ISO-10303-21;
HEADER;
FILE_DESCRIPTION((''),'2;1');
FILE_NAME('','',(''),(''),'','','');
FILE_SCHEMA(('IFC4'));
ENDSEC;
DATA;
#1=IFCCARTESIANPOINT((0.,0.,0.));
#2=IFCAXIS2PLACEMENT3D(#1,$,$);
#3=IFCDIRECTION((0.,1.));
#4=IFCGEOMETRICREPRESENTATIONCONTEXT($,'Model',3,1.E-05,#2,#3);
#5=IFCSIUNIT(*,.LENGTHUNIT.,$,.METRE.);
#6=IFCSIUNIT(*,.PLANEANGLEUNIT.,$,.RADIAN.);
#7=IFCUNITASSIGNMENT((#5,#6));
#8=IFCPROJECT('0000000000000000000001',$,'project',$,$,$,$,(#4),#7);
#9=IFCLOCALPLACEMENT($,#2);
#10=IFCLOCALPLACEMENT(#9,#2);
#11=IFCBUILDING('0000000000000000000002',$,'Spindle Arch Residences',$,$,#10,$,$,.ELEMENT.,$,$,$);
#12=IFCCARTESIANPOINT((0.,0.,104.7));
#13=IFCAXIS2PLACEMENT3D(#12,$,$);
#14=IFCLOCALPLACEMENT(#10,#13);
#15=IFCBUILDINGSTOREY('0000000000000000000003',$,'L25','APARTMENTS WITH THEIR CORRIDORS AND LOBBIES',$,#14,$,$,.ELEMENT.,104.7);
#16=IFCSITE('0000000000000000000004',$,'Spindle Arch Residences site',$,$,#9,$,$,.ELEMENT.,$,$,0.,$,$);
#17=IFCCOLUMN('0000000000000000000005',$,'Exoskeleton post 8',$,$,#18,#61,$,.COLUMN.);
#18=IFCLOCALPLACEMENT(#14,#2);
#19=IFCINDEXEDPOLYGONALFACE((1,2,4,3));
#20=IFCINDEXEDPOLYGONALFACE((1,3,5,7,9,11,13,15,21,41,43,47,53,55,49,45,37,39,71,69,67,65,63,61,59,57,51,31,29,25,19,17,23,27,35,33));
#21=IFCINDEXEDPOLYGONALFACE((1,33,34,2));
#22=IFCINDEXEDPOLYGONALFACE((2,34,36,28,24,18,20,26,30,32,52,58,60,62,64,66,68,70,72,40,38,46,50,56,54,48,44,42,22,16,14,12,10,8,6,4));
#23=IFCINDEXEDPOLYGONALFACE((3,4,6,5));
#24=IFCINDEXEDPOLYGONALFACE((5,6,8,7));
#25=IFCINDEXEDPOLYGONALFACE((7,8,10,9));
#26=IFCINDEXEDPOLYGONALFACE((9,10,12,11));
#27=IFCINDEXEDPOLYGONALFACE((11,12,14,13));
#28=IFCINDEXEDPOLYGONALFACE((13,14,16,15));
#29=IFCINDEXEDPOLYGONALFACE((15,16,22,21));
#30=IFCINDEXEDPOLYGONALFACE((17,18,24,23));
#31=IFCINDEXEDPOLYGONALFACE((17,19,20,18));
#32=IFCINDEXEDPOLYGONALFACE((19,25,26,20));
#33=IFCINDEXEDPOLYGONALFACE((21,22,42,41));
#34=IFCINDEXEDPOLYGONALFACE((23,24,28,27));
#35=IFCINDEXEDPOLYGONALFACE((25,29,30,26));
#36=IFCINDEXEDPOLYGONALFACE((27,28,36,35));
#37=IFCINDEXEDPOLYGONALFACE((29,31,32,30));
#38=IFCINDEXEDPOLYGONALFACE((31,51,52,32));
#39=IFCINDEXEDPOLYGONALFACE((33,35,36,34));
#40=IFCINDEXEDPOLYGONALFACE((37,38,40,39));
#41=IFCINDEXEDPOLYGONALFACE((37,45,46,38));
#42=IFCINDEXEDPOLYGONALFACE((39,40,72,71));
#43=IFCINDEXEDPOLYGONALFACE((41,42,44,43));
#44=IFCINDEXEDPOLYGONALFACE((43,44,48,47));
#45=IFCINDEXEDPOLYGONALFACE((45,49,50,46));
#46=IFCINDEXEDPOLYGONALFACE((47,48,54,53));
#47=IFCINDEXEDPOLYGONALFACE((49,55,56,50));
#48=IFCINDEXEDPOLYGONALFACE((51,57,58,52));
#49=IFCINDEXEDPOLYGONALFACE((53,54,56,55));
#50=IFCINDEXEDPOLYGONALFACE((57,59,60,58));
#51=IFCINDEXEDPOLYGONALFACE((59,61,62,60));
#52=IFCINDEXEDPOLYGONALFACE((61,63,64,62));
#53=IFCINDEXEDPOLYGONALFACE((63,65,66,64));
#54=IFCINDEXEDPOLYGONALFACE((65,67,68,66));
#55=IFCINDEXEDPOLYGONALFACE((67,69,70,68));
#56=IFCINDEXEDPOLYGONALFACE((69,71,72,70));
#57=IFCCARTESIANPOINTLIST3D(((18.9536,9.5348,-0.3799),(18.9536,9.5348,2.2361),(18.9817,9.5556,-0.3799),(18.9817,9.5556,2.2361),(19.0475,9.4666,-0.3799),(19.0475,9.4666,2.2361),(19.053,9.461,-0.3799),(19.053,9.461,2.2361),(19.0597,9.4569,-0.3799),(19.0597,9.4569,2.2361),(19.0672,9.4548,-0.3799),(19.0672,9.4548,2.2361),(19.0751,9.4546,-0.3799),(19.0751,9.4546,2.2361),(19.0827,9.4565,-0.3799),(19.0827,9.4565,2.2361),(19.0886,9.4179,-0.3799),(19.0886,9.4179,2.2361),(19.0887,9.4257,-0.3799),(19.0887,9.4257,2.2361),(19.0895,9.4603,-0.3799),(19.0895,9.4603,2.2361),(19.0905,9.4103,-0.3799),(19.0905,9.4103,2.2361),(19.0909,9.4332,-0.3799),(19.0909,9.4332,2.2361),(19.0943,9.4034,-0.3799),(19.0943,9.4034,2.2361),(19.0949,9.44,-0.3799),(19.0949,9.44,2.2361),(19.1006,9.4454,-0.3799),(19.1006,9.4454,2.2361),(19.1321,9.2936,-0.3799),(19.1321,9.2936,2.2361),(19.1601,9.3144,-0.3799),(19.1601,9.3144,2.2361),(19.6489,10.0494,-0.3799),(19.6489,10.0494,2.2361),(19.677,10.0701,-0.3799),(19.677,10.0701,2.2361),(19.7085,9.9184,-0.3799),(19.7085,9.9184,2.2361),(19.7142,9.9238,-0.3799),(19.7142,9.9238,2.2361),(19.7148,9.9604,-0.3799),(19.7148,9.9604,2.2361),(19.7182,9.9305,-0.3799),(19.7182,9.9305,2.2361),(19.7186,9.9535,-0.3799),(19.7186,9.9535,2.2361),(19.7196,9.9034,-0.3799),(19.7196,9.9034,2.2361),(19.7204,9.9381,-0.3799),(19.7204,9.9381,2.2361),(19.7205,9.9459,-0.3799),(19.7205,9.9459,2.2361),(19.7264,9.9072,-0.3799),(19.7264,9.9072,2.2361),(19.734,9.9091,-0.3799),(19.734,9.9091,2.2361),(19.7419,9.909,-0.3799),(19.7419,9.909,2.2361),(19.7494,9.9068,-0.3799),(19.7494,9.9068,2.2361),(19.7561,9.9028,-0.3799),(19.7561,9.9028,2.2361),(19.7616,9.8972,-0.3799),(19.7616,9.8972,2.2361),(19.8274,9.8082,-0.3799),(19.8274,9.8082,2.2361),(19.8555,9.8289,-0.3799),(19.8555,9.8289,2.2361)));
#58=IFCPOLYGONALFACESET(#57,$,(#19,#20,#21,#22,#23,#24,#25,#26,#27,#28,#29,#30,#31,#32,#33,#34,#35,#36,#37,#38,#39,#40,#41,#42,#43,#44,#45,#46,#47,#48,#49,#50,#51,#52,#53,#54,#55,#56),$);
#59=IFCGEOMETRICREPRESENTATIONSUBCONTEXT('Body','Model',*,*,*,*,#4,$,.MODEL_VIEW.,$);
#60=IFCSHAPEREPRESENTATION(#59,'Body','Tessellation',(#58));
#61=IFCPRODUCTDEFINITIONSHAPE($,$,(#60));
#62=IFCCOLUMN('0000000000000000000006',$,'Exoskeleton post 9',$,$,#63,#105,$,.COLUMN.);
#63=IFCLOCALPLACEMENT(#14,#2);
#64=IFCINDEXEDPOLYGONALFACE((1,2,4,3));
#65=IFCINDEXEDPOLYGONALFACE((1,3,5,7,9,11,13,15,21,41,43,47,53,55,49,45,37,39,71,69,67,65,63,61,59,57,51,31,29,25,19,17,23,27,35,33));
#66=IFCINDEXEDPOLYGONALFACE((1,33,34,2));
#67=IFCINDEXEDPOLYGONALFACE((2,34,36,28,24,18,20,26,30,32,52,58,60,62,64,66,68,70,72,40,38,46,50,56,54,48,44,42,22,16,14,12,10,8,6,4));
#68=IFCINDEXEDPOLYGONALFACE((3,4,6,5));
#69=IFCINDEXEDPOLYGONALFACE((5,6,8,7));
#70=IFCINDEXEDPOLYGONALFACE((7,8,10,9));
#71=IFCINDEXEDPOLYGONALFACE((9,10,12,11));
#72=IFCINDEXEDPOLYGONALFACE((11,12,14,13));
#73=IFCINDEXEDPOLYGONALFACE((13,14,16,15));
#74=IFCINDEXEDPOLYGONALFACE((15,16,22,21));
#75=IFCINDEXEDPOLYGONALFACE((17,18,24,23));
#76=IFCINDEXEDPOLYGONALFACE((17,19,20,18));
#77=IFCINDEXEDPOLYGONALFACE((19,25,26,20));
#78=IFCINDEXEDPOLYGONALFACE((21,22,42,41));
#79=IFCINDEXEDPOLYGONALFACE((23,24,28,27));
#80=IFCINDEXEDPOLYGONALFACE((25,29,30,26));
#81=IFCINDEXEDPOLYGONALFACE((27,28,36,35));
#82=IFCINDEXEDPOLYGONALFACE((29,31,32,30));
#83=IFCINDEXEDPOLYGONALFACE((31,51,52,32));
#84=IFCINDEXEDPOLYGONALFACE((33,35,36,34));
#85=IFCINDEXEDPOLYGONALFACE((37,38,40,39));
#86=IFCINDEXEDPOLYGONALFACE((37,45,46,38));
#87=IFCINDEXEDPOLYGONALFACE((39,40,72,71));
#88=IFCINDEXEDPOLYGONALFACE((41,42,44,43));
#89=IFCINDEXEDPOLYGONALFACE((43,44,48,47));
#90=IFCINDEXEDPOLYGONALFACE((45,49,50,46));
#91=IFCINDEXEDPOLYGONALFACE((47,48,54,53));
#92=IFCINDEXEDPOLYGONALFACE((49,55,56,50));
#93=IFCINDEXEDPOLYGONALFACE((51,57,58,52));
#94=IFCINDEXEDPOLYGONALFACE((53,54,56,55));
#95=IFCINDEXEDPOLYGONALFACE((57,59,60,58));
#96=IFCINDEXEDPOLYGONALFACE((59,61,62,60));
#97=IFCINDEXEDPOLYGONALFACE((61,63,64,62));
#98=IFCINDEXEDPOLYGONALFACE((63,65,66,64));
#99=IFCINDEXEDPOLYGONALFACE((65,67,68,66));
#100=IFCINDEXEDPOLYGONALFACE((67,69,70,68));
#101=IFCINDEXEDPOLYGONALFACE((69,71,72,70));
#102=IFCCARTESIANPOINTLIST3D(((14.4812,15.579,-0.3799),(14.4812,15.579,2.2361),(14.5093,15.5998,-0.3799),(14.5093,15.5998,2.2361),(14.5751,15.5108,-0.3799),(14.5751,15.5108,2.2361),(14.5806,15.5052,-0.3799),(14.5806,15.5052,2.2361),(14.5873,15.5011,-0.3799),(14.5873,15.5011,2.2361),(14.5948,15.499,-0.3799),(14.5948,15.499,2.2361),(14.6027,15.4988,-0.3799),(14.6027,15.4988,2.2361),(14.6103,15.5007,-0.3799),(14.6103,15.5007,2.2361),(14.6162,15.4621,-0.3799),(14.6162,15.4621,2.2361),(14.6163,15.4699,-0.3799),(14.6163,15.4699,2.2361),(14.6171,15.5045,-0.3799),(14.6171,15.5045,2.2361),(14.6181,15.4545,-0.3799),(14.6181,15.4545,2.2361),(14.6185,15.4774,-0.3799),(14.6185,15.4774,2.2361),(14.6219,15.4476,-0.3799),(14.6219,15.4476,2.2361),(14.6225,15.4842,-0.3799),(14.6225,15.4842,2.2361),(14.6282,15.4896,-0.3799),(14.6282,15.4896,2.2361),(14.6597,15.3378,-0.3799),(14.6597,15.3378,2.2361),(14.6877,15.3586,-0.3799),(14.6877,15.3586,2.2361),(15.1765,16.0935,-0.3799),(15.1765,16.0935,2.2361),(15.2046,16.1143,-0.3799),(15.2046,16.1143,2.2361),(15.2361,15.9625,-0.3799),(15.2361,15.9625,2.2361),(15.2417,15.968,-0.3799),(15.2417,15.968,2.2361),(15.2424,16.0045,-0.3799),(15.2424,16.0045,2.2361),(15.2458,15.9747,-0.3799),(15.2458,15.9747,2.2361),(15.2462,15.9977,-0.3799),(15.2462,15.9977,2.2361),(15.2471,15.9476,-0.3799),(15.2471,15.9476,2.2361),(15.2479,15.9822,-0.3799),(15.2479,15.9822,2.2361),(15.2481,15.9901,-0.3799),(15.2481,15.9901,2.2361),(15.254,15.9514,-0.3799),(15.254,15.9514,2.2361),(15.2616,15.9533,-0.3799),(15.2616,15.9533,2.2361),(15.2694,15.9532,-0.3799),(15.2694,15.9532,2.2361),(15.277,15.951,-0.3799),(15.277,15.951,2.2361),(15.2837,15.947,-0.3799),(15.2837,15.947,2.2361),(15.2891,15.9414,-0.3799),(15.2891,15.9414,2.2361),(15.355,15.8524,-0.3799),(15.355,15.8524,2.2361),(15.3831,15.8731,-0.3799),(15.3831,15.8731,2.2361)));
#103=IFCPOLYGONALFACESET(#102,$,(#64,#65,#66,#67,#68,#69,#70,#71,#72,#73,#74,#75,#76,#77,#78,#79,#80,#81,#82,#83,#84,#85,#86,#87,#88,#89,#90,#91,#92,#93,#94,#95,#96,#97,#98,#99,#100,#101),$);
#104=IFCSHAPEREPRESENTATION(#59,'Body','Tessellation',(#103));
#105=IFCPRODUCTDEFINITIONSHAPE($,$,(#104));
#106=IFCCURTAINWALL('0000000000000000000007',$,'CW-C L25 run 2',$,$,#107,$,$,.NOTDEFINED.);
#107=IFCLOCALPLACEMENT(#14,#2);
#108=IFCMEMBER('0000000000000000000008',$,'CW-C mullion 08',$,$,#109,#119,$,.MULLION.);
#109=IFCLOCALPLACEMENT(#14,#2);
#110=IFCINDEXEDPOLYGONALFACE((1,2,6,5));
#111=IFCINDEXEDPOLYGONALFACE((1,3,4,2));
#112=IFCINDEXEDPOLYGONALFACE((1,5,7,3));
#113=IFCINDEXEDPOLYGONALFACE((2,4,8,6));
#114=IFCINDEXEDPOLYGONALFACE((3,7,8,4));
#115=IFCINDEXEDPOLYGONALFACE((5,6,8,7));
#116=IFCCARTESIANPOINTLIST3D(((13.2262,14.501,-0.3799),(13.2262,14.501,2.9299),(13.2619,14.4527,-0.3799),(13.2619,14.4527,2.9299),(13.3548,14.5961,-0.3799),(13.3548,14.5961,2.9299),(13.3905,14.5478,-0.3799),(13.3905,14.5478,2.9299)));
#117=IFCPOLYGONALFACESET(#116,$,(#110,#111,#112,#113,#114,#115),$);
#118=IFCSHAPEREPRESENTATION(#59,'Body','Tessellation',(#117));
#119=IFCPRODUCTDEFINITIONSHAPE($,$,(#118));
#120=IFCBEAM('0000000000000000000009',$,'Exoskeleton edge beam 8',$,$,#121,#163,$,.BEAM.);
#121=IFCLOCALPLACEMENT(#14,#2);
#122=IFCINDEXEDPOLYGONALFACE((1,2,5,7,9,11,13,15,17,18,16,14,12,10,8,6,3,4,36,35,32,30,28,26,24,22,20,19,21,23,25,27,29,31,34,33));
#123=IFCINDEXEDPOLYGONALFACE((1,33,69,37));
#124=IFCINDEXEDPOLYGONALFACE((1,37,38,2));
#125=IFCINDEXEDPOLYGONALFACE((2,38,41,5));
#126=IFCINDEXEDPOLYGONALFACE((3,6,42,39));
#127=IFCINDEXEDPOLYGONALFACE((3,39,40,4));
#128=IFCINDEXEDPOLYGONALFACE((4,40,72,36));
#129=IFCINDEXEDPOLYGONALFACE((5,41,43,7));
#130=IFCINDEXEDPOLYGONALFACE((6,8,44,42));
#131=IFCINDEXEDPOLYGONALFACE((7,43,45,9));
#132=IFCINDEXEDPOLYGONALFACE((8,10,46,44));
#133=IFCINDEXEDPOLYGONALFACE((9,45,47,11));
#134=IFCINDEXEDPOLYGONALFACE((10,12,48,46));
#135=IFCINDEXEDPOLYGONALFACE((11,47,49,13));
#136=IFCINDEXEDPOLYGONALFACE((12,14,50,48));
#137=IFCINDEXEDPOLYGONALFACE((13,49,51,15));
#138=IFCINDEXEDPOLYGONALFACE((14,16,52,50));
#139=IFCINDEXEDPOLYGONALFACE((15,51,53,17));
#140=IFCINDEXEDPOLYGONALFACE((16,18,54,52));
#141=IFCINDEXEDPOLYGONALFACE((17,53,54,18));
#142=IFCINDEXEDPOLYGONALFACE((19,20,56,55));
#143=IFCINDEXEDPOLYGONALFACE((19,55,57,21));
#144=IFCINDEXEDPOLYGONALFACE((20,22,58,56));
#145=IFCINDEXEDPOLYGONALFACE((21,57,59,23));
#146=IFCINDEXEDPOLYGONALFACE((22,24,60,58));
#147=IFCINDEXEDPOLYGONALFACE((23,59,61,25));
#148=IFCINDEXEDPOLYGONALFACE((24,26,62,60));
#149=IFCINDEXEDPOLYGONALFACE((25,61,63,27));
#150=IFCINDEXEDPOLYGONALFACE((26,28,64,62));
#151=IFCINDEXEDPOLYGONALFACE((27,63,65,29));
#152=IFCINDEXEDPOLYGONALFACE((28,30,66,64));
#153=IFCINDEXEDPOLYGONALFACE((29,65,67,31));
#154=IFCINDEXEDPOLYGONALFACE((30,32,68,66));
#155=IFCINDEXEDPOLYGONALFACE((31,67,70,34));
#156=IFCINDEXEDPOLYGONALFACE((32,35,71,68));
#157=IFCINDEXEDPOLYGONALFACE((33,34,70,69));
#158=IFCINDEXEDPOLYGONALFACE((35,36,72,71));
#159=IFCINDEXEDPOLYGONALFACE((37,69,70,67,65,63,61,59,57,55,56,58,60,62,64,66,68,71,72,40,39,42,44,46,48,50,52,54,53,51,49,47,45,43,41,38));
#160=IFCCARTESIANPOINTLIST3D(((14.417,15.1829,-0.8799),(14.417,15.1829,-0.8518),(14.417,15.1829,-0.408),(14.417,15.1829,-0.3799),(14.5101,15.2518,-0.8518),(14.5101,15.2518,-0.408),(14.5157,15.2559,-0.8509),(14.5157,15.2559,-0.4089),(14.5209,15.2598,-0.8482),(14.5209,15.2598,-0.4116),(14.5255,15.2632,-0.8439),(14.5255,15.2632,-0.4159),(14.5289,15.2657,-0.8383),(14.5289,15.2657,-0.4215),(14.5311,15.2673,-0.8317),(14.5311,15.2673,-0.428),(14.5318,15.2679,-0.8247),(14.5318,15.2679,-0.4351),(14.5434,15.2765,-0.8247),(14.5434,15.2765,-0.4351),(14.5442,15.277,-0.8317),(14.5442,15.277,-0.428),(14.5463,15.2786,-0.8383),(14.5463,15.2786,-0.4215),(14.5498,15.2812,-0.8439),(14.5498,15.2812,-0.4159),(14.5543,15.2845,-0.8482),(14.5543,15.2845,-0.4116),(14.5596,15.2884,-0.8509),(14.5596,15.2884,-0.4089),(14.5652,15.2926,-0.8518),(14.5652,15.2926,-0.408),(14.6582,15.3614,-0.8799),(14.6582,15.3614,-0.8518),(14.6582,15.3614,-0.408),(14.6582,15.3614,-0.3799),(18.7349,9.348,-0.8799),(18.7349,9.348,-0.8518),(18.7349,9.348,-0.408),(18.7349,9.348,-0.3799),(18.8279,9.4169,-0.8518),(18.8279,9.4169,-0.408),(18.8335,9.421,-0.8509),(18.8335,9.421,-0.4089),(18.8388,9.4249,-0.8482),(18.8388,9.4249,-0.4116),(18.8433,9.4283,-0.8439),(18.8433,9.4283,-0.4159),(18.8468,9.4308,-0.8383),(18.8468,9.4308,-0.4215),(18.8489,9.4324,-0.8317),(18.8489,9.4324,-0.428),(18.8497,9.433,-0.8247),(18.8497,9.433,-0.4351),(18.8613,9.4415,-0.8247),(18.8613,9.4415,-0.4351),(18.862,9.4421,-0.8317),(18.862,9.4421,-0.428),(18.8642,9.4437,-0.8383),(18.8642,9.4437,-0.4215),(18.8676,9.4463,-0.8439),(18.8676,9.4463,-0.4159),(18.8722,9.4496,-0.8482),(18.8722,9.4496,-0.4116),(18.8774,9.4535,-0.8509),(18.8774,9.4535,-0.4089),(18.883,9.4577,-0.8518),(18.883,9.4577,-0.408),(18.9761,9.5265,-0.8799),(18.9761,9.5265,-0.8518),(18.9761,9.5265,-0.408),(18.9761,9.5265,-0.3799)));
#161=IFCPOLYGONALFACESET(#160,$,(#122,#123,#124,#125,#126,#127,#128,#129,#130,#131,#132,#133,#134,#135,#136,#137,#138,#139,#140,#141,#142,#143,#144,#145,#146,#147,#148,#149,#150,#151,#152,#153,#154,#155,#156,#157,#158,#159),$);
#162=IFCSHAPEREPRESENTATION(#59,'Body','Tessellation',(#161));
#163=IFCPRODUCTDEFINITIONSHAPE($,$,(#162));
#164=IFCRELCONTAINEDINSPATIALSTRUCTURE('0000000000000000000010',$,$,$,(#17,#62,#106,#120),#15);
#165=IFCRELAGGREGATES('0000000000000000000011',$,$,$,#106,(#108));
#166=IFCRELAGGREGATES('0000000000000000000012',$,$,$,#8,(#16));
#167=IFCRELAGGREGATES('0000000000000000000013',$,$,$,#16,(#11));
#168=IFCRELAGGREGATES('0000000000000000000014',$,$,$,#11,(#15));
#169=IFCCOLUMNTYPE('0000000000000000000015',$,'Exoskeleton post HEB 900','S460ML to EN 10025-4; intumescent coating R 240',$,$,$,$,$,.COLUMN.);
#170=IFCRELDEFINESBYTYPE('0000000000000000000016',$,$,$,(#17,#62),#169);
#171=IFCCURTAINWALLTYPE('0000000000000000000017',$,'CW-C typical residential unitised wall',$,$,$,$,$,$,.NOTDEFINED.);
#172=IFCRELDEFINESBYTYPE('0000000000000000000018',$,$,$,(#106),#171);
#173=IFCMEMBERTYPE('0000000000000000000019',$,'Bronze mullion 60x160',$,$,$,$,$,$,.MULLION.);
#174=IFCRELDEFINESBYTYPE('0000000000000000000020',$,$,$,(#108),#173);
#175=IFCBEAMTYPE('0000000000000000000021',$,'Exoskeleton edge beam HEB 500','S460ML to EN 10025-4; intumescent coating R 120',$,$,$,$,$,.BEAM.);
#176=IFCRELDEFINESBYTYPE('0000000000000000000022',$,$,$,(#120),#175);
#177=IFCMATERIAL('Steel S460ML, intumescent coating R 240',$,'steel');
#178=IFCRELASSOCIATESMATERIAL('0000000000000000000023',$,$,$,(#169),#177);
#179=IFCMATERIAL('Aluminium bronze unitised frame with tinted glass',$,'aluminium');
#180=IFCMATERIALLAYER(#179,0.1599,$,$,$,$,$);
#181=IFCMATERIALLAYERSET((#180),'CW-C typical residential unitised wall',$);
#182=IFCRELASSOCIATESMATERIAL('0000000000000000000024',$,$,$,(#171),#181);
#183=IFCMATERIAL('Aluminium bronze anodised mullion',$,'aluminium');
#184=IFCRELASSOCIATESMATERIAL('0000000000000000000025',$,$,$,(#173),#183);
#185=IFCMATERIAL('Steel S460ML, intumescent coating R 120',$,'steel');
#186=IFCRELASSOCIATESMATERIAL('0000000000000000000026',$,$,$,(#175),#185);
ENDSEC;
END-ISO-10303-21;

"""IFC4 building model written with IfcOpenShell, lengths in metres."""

from ifc_helpers import new_model, si_unit, direction, frame, origin, origin_2d, place, context, subcontext, project, spatial, rectangle, i_section, extrude, material, layer, layer_set, material_profile, profile_set, type_object, element, aggregate, save


model = new_model("IFC4")

# Units and contexts
model_context = context("Model", 3, precision=1e-05, world=origin(), true_north=direction((0.0, 1.0)))
body_context = subcontext(model_context, "Body", "Model", "MODEL_VIEW")
ifc_project = project(units=[si_unit("LENGTHUNIT", "METRE"), si_unit("PLANEANGLEUNIT", "RADIAN")], contexts=[model_context])

# Site, building, storey
site_placement = place(None, origin())
site = spatial("IfcSite", under=ifc_project, at=site_placement, Name="Spindle Arch Residences site", CompositionType="ELEMENT", RefElevation=0.0)
building_placement = place(site_placement, origin())
building = spatial("IfcBuilding", under=site, at=building_placement, Name="Spindle Arch Residences", CompositionType="ELEMENT")
storey_placement = place(building_placement, frame((0.0, 0.0, 104.7)))
storey = spatial("IfcBuildingStorey", under=building, at=storey_placement, Name="L25", Description="APARTMENTS WITH THEIR CORRIDORS AND LOBBIES", CompositionType="ELEMENT", Elevation=104.7)

# Columns
ifc_material_1 = material(Name="Steel S460ML, intumescent coating R 240", Category="steel")
ifc_material_profile_1 = material_profile(ifc_material_1, i_section(OverallWidth=0.3, OverallDepth=0.8999, WebThickness=0.0186, FlangeThickness=0.0349, FilletRadius=0.03, at=origin_2d()), Name="HEB 900")
ifc_profile_set_1 = profile_set([ifc_material_profile_1], Name="Steel S460ML, intumescent coating R 240")
column_type = type_object("IfcColumnType", Name="Exoskeleton post HEB 900", Description="S460ML to EN 10025-4; intumescent coating R 240", PredefinedType="COLUMN", material=ifc_profile_set_1)
for number, where, z_axis, x_axis, name in (
    (1, (19.4045, 9.6819, -0.3799), (0.0, 0.0, 1.0), (0.594823, -0.803857, 0.0), "Exoskeleton post 8"),
    (2, (14.9321, 15.7261, -0.3799), (0.0, 0.0, 1.0), (0.594823, -0.803857, 0.0), "Exoskeleton post 9"),
):
    element("IfcColumn", number, at=place(storey_placement, frame(where, z_axis=z_axis, x_axis=x_axis)), inside=storey, type_object=column_type, Name=name, PredefinedType="COLUMN", context=body_context, shape_type="SweptSolid", body=[
        extrude(i_section(OverallWidth=0.3, OverallDepth=0.8999, WebThickness=0.0186, FlangeThickness=0.0349, FilletRadius=0.03, at=origin_2d()), origin(), (0.0, 0.0, 1.0), 2.616),
    ])

# Curtain wall, member
ifc_material_2 = material(Name="Aluminium bronze unitised frame with tinted glass", Category="aluminium")
ifc_layer_1 = layer(ifc_material_2, 0.1599)
ifc_layer_set_1 = layer_set([ifc_layer_1], Name="CW-C typical residential unitised wall")
curtain_wall_type = type_object("IfcCurtainWallType", Name="CW-C typical residential unitised wall", PredefinedType="NOTDEFINED", material=ifc_layer_set_1)
curtain_wall_placement = place(storey_placement, origin())
curtain_wall = element("IfcCurtainWall", 3, at=curtain_wall_placement, inside=storey, type_object=curtain_wall_type, Name="CW-C L25 run 2", PredefinedType="NOTDEFINED")
ifc_material_3 = material(Name="Aluminium bronze anodised mullion", Category="aluminium")
ifc_material_profile_2 = material_profile(ifc_material_3, rectangle(XDim=0.1599, YDim=0.0601, at=origin_2d()), Name="MU 60x160")
ifc_profile_set_2 = profile_set([ifc_material_profile_2], Name="Aluminium bronze anodised mullion")
member_type = type_object("IfcMemberType", Name="Bronze mullion 60x160", PredefinedType="MULLION", material=ifc_profile_set_2)
member_placement = place(storey_placement, frame((13.3083, 14.5244, -0.3799), z_axis=(0.0, 0.0, 1.0), x_axis=(-0.803857, -0.594823, 0.0)))
member = element("IfcMember", 4, at=member_placement, type_object=member_type, Name="CW-C mullion 08", PredefinedType="MULLION", context=body_context, shape_type="SweptSolid", body=[
    extrude(rectangle(XDim=0.1599, YDim=0.0601, at=origin_2d()), origin(), (0.0, 0.0, 1.0), 3.3098),
])

# Beam
ifc_material_4 = material(Name="Steel S460ML, intumescent coating R 120", Category="steel")
ifc_material_profile_3 = material_profile(ifc_material_4, i_section(OverallWidth=0.3, OverallDepth=0.5, WebThickness=0.0144, FlangeThickness=0.0281, FilletRadius=0.0271, at=origin_2d()), Name="HEB 500")
ifc_profile_set_3 = profile_set([ifc_material_profile_3], Name="Steel S460ML, intumescent coating R 120")
beam_type_1 = type_object("IfcBeamType", Name="Exoskeleton edge beam HEB 500", Description="S460ML to EN 10025-4; intumescent coating R 120", PredefinedType="BEAM", material=ifc_profile_set_3)
beam_1_placement = place(storey_placement, frame((18.8555, 9.4373, -0.6299), z_axis=(-0.594843, 0.803842, 0.0), x_axis=(-0.803842, -0.594843, 0.0)))
element("IfcBeam", 5, at=beam_1_placement, inside=storey, type_object=beam_type_1, Name="Exoskeleton edge beam 8", PredefinedType="BEAM", context=body_context, shape_type="SweptSolid", body=[
    extrude(i_section(OverallWidth=0.3, OverallDepth=0.5, WebThickness=0.0144, FlangeThickness=0.0281, FilletRadius=0.0271, at=origin_2d()), origin(), (0.0, 0.0, 1.0), 7.2588),
])

aggregate(curtain_wall, [member])

save(model, "model.ifc")
